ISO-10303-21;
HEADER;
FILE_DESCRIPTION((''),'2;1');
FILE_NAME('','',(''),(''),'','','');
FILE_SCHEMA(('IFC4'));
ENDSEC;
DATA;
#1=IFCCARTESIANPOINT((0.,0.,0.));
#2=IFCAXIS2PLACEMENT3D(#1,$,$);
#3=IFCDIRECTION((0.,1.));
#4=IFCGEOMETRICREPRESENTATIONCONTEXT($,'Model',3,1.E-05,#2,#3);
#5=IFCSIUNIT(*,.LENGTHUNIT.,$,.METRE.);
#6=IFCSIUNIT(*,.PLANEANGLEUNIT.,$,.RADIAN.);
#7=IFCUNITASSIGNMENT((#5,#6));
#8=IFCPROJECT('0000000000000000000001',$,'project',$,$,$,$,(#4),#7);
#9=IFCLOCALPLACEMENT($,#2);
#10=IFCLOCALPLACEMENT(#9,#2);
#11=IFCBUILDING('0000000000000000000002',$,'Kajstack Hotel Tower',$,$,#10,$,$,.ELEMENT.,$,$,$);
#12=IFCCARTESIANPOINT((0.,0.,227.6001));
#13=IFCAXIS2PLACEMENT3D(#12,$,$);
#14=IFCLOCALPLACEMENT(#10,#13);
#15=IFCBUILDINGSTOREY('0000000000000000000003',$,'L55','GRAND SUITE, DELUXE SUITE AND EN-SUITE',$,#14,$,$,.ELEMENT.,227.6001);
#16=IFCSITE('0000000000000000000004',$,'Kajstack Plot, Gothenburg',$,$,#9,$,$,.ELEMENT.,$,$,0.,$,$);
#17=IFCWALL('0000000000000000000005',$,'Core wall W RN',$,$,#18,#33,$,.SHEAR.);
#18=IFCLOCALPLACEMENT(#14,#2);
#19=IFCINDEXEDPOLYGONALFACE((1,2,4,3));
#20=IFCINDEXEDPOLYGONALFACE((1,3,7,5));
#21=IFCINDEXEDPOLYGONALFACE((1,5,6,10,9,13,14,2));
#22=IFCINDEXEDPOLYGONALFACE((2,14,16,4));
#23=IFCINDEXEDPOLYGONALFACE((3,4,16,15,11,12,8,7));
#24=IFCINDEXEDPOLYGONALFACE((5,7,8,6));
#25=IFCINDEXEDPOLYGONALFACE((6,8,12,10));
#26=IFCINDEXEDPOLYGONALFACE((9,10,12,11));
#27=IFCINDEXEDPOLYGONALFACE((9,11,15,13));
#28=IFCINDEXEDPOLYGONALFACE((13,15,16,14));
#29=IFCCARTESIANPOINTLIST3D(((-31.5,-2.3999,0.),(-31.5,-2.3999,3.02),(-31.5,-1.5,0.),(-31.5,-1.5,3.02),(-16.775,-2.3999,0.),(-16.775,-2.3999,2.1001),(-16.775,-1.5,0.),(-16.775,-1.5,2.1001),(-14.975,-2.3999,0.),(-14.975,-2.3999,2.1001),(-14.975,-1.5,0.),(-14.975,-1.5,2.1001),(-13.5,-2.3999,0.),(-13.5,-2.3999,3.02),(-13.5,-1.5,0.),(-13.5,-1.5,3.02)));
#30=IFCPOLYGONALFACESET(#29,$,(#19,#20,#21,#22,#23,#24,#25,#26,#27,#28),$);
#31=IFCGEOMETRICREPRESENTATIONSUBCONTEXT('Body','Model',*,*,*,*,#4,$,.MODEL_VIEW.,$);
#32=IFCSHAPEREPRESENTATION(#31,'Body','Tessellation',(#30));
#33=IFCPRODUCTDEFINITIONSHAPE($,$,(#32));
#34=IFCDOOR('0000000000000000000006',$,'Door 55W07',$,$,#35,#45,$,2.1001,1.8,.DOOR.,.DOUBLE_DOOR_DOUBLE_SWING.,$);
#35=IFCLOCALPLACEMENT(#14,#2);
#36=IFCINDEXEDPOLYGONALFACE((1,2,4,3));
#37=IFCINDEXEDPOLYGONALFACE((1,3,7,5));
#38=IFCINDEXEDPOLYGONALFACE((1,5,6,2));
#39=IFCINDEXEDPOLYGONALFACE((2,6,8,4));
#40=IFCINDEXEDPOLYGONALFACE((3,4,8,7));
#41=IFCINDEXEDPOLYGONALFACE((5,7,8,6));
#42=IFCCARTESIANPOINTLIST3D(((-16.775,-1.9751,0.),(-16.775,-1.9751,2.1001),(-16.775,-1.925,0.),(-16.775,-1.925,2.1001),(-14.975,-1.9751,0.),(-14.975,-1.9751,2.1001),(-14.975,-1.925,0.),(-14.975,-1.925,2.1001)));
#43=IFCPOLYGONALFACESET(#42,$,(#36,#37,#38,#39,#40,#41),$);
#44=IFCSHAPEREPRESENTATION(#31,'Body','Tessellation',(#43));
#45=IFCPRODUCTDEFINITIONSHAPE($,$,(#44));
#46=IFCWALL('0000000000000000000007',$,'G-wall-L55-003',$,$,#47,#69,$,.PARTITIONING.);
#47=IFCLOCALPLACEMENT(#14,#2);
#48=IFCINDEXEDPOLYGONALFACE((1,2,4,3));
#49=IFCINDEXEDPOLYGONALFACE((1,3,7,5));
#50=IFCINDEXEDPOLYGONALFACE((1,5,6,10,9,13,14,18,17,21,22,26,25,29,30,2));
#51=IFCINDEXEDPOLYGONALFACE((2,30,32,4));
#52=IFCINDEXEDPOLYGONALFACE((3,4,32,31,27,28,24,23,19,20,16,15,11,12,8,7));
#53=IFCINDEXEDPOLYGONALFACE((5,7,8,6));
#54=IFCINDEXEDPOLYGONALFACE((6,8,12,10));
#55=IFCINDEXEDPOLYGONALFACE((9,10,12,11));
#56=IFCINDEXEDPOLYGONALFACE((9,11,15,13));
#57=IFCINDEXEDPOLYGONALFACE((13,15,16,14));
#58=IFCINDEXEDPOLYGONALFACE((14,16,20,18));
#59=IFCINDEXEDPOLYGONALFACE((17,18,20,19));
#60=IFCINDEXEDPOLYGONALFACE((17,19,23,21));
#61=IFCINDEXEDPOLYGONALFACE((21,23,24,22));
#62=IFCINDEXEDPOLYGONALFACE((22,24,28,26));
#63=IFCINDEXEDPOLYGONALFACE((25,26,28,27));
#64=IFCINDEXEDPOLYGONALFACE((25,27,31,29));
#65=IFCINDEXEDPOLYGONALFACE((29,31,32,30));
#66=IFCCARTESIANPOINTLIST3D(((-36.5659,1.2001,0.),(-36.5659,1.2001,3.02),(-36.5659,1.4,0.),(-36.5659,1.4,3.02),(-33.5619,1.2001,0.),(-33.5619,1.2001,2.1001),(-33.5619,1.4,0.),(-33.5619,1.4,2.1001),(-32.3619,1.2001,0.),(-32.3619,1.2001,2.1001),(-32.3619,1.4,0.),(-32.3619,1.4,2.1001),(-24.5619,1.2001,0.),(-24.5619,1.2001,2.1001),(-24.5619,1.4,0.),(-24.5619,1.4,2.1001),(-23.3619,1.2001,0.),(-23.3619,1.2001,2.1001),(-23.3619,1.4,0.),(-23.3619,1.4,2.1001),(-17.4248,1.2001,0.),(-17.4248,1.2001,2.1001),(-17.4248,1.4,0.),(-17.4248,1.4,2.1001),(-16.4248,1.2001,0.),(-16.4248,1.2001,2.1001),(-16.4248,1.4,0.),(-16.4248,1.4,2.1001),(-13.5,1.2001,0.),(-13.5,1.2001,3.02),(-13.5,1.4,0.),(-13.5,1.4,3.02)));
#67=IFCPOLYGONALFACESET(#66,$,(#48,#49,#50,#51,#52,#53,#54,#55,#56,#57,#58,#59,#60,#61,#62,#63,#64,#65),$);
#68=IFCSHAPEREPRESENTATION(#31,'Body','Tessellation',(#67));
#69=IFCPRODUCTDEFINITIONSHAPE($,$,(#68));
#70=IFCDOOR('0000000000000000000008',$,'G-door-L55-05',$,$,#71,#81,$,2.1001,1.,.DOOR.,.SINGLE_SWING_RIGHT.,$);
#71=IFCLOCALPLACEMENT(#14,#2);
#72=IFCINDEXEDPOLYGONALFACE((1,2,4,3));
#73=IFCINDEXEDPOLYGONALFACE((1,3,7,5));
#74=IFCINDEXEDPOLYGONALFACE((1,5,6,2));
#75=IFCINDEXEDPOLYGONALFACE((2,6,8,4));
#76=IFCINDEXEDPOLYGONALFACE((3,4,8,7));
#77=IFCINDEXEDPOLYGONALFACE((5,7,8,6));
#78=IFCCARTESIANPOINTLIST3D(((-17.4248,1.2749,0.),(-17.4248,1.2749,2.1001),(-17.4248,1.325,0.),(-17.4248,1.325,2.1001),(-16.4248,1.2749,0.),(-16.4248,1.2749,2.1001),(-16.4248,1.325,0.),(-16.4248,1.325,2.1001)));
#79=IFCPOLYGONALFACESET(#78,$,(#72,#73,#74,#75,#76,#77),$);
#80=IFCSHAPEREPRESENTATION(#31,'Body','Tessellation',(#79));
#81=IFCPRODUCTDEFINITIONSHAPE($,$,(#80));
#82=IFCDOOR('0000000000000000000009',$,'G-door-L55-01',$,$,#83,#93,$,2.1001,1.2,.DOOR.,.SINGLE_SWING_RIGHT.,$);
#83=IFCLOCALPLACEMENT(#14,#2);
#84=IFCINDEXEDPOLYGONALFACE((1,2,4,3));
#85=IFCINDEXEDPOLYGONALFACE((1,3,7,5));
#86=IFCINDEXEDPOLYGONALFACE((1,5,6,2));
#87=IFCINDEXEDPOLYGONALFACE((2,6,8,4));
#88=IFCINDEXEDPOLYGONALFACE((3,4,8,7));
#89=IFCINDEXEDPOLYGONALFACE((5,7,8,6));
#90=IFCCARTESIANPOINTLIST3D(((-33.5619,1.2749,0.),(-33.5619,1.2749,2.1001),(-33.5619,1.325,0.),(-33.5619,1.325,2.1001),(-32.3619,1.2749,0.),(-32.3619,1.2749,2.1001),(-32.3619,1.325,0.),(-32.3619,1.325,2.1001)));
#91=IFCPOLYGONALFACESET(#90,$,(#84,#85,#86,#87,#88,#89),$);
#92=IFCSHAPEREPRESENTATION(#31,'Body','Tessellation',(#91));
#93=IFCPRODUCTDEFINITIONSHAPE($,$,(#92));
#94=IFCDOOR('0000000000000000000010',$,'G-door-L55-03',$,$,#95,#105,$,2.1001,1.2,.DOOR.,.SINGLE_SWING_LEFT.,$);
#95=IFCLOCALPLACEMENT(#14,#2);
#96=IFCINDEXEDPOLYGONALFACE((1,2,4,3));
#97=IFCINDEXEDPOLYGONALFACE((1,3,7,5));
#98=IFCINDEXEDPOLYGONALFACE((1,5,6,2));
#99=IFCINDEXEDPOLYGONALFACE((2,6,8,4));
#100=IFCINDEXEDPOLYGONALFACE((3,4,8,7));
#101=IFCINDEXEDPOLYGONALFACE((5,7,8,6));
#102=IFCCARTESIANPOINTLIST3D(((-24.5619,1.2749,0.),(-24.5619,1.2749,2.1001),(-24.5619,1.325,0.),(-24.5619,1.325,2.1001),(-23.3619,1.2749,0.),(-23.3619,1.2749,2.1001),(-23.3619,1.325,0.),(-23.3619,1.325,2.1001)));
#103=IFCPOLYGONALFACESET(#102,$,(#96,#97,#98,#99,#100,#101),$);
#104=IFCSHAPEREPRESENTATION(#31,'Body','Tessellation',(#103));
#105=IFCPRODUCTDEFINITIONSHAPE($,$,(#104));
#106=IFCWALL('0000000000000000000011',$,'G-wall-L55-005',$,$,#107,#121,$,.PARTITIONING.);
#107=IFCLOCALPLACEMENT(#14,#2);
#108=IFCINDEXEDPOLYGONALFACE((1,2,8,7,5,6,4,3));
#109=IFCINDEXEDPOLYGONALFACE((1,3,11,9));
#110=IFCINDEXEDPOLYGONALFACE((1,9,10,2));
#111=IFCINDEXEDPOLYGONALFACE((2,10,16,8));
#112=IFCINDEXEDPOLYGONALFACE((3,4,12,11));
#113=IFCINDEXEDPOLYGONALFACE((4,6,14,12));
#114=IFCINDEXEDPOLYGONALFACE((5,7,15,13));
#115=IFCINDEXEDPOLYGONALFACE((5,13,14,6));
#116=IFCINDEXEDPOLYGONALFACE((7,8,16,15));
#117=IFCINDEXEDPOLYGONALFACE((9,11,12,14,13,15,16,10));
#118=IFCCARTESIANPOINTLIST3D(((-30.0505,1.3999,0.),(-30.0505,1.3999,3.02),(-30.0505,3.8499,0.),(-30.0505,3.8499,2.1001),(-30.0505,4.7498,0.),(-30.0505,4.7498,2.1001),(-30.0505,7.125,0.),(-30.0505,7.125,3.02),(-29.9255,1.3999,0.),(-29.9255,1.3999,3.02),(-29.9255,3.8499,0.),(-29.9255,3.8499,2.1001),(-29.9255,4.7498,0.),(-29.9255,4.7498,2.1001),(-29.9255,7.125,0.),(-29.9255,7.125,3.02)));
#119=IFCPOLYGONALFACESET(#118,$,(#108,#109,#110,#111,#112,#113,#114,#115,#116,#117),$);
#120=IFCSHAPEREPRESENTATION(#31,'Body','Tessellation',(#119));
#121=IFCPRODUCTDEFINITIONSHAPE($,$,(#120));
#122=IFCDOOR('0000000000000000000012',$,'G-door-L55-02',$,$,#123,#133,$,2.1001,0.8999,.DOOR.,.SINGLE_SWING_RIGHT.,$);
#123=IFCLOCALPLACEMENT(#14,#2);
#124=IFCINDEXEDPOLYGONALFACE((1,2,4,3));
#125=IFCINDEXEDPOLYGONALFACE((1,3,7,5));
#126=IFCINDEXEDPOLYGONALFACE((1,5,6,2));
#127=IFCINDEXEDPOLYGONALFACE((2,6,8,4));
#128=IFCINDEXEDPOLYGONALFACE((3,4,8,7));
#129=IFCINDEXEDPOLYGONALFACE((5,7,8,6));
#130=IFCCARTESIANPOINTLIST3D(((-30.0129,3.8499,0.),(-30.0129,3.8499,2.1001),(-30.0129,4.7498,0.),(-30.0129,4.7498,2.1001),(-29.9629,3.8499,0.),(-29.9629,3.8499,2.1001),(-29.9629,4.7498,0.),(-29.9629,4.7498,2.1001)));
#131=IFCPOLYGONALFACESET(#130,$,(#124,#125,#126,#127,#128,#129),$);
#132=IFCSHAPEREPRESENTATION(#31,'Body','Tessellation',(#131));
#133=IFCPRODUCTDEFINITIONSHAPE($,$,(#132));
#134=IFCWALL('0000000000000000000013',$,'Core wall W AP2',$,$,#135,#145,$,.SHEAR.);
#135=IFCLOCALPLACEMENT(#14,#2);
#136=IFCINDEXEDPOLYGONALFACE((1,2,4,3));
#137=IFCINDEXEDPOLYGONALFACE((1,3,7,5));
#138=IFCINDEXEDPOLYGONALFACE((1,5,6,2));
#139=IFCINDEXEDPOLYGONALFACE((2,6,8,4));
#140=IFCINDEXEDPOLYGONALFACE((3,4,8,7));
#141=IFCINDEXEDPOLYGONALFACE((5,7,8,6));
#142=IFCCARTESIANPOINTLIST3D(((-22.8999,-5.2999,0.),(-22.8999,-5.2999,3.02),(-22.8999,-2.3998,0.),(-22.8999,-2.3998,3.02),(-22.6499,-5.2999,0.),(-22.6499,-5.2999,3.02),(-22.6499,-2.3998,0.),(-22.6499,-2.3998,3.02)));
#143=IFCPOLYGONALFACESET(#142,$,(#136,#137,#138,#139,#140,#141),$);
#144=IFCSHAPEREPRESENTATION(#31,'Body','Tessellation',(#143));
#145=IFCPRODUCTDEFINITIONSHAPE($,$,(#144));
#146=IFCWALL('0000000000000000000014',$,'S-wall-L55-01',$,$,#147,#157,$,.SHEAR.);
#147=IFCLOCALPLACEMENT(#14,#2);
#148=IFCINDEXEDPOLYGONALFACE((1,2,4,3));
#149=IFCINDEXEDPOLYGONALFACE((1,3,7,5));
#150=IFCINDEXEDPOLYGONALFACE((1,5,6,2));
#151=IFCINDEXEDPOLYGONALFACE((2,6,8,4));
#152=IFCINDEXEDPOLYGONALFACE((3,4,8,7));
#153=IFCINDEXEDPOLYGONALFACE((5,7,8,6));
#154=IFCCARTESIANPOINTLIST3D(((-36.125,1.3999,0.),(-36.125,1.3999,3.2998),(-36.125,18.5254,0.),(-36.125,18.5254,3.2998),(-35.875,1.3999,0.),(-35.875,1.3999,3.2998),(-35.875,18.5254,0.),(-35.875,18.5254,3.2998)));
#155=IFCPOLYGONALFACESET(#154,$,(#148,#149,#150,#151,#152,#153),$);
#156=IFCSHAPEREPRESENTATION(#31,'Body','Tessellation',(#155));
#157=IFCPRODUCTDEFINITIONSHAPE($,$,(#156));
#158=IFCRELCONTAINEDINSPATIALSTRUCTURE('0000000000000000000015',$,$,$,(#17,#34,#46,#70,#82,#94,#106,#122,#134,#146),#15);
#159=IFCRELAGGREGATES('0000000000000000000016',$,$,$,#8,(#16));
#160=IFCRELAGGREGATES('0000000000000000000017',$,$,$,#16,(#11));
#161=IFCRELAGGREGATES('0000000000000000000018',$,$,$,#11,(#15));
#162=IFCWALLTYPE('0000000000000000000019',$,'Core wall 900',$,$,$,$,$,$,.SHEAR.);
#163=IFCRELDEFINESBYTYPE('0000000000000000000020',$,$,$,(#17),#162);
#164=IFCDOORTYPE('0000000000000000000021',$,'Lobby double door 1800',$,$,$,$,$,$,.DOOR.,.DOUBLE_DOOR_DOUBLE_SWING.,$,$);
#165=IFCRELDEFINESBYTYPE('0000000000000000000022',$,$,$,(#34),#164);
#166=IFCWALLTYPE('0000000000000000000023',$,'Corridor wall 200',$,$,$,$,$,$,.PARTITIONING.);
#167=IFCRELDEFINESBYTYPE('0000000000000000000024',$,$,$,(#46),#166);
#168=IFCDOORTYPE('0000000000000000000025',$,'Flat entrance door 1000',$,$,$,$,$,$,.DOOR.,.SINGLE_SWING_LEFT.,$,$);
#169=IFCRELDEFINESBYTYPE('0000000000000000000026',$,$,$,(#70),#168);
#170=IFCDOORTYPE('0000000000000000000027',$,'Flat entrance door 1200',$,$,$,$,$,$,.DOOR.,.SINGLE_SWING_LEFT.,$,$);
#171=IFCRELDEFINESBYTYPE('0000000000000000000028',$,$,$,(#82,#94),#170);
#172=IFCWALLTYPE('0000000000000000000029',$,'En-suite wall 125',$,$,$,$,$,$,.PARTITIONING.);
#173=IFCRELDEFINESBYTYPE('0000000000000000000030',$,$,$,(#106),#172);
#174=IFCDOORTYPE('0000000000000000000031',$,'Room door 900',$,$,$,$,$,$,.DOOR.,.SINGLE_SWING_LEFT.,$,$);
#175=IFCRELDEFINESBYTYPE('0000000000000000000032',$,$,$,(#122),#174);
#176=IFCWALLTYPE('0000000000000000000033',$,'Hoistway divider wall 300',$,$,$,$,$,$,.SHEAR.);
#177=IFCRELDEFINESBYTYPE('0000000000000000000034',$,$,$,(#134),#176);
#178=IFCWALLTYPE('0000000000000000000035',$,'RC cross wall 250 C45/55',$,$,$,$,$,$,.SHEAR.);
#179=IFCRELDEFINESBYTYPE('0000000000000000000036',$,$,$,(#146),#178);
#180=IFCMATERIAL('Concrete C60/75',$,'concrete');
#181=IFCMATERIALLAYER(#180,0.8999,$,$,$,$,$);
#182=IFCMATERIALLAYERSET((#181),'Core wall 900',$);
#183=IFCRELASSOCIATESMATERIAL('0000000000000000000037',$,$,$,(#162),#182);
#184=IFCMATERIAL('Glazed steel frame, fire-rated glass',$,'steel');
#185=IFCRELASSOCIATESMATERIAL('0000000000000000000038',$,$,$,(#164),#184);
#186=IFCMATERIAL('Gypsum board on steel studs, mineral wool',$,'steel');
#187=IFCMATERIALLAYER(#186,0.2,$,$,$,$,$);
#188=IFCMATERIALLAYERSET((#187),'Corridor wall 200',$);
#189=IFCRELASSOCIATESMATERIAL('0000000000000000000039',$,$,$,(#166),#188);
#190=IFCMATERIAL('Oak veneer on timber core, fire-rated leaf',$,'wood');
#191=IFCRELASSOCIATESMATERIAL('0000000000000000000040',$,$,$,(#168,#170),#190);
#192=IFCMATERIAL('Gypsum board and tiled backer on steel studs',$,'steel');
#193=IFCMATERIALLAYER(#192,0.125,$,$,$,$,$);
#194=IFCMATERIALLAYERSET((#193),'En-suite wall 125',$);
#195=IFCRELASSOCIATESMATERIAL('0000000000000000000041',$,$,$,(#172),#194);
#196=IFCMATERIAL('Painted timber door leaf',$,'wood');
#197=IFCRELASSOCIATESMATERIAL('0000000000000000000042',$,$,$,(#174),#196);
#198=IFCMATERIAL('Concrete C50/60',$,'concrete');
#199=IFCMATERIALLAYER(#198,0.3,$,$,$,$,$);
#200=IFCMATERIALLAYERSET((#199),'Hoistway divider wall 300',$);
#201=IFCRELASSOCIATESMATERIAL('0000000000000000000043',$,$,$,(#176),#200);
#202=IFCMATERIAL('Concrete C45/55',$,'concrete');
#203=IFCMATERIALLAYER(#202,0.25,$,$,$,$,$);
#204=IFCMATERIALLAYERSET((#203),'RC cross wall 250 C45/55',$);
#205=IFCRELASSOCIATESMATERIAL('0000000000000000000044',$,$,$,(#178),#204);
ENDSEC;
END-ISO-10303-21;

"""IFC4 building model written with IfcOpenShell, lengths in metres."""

from ifc_helpers import new_model, si_unit, direction, frame, frame_2d, origin, place, context, subcontext, project, spatial, rectangle, extrude, material, layer, layer_set, type_object, element, fill, save


model = new_model("IFC4")

# Units and contexts
model_context = context("Model", 3, precision=1e-05, world=origin(), true_north=direction((0.0, 1.0)))
body_context = subcontext(model_context, "Body", "Model", "MODEL_VIEW")
ifc_project = project(units=[si_unit("LENGTHUNIT", "METRE"), si_unit("PLANEANGLEUNIT", "RADIAN")], contexts=[model_context])

# Site, building, storey
site_placement = place(None, origin())
site = spatial("IfcSite", under=ifc_project, at=site_placement, Name="Kajstack Plot, Gothenburg", CompositionType="ELEMENT", RefElevation=0.0)
building_placement = place(site_placement, origin())
building = spatial("IfcBuilding", under=site, at=building_placement, Name="Kajstack Hotel Tower", CompositionType="ELEMENT")
storey_placement = place(building_placement, frame((0.0, 0.0, 227.6001)))
storey = spatial("IfcBuildingStorey", under=building, at=storey_placement, Name="L55", Description="GRAND SUITE, DELUXE SUITE AND EN-SUITE", CompositionType="ELEMENT", Elevation=227.6001)

# Wall, opening, door
ifc_material_1 = material(Name="Concrete C60/75", Category="concrete")
ifc_layer_1 = layer(ifc_material_1, 0.8999)
ifc_layer_set_1 = layer_set([ifc_layer_1], Name="Core wall 900")
wall_type_1 = type_object("IfcWallType", Name="Core wall 900", PredefinedType="SHEAR", material=ifc_layer_set_1)
wall_1_placement = place(storey_placement, frame((-31.5, -1.95, 0.0), z_axis=(0.0, 0.0, 1.0), x_axis=(1.0, 0.0, 0.0)))
wall_1 = element("IfcWall", 1, at=wall_1_placement, inside=storey, type_object=wall_type_1, Name="Core wall W RN", PredefinedType="SHEAR", context=body_context, shape_type="SweptSolid", body=[
    extrude(rectangle(XDim=18.0, YDim=0.8999, at=frame_2d((9.0, 0.0))), origin(), (0.0, 0.0, 1.0), 3.02),
])
opening_1_placement = place(wall_1_placement, frame((14.7251, 0.0, 0.0)))
opening_1 = element("IfcOpeningElement", 2, at=opening_1_placement, cuts=wall_1, PredefinedType="OPENING", context=body_context, shape_type="SweptSolid", body=[
    extrude(rectangle(XDim=1.8, YDim=2.1001, at=frame_2d((0.8999, 1.05))), frame((0.0, 0.46, 0.0), z_axis=(0.0, -1.0, 0.0), x_axis=(1.0, 0.0, 0.0)), (0.0, 0.0, 1.0), 0.9199),
])
ifc_material_2 = material(Name="Glazed steel frame, fire-rated glass", Category="steel")
door_type_1 = type_object("IfcDoorType", Name="Lobby double door 1800", OperationType="DOUBLE_DOOR_DOUBLE_SWING", PredefinedType="DOOR", material=ifc_material_2)
door_1_placement = place(opening_1_placement, origin())
door_1 = element("IfcDoor", 3, at=door_1_placement, inside=storey, type_object=door_type_1, Name="Door 55W07", OperationType="DOUBLE_DOOR_DOUBLE_SWING", OverallHeight=2.1001, OverallWidth=1.8, PredefinedType="DOOR", context=body_context, shape_type="SweptSolid", body=[
    extrude(rectangle(XDim=1.8, YDim=2.1001, at=frame_2d((0.8999, 1.05))), frame((0.0, 0.0249, 0.0), z_axis=(0.0, -1.0, 0.0), x_axis=(1.0, 0.0, 0.0)), (0.0, 0.0, 1.0), 0.05),
])
fill(opening_1, door_1)

# Wall, openings, doors
ifc_material_3 = material(Name="Gypsum board on steel studs, mineral wool", Category="steel")
ifc_layer_2 = layer(ifc_material_3, 0.2)
ifc_layer_set_2 = layer_set([ifc_layer_2], Name="Corridor wall 200")
wall_type_2 = type_object("IfcWallType", Name="Corridor wall 200", PredefinedType="PARTITIONING", material=ifc_layer_set_2)
wall_2_placement = place(storey_placement, frame((-36.5659, 1.3, 0.0), z_axis=(0.0, 0.0, 1.0), x_axis=(1.0, 0.0, 0.0)))
wall_2 = element("IfcWall", 4, at=wall_2_placement, inside=storey, type_object=wall_type_2, Name="G-wall-L55-003", PredefinedType="PARTITIONING", context=body_context, shape_type="SweptSolid", body=[
    extrude(rectangle(XDim=23.0659, YDim=0.2, at=frame_2d((11.533, 0.0))), origin(), (0.0, 0.0, 1.0), 3.02),
])
opening_2_placement = place(wall_2_placement, frame((3.0039, 0.0, 0.0)))
opening_2 = element("IfcOpeningElement", 5, at=opening_2_placement, cuts=wall_2, PredefinedType="OPENING", context=body_context, shape_type="SweptSolid", body=[
    extrude(rectangle(XDim=1.2, YDim=2.1001, at=frame_2d((0.6001, 1.05))), frame((0.0, 0.1099, 0.0), z_axis=(0.0, -1.0, 0.0), x_axis=(1.0, 0.0, 0.0)), (0.0, 0.0, 1.0), 0.22),
])
opening_3_placement = place(wall_2_placement, frame((12.0039, 0.0, 0.0)))
opening_3 = element("IfcOpeningElement", 6, at=opening_3_placement, cuts=wall_2, PredefinedType="OPENING", context=body_context, shape_type="SweptSolid", body=[
    extrude(rectangle(XDim=1.2, YDim=2.1001, at=frame_2d((0.6001, 1.05))), frame((0.0, 0.1099, 0.0), z_axis=(0.0, -1.0, 0.0), x_axis=(1.0, 0.0, 0.0)), (0.0, 0.0, 1.0), 0.22),
])
opening_4_placement = place(wall_2_placement, frame((19.1411, 0.0, 0.0)))
opening_4 = element("IfcOpeningElement", 7, at=opening_4_placement, cuts=wall_2, PredefinedType="OPENING", context=body_context, shape_type="SweptSolid", body=[
    extrude(rectangle(XDim=1.0, YDim=2.1001, at=frame_2d((0.5, 1.05))), frame((0.0, 0.1099, 0.0), z_axis=(0.0, -1.0, 0.0), x_axis=(1.0, 0.0, 0.0)), (0.0, 0.0, 1.0), 0.22),
])
ifc_material_4 = material(Name="Oak veneer on timber core, fire-rated leaf", Category="wood")
door_type_2 = type_object("IfcDoorType", Name="Flat entrance door 1000", OperationType="SINGLE_SWING_LEFT", PredefinedType="DOOR", material=ifc_material_4)
door_2_placement = place(opening_4_placement, origin())
door_2 = element("IfcDoor", 8, at=door_2_placement, inside=storey, type_object=door_type_2, Name="G-door-L55-05", OperationType="SINGLE_SWING_RIGHT", OverallHeight=2.1001, OverallWidth=1.0, PredefinedType="DOOR", context=body_context, shape_type="SweptSolid", body=[
    extrude(rectangle(XDim=1.0, YDim=2.1001, at=frame_2d((0.5, 1.05))), frame((0.0, 0.0249, 0.0), z_axis=(0.0, -1.0, 0.0), x_axis=(1.0, 0.0, 0.0)), (0.0, 0.0, 1.0), 0.05),
])
fill(opening_4, door_2)
door_type_3 = type_object("IfcDoorType", Name="Flat entrance door 1200", OperationType="SINGLE_SWING_LEFT", PredefinedType="DOOR", material=ifc_material_4)
door_3_placement = place(opening_2_placement, origin())
door_3 = element("IfcDoor", 9, at=door_3_placement, inside=storey, type_object=door_type_3, Name="G-door-L55-01", OperationType="SINGLE_SWING_RIGHT", OverallHeight=2.1001, OverallWidth=1.2, PredefinedType="DOOR", context=body_context, shape_type="SweptSolid", body=[
    extrude(rectangle(XDim=1.2, YDim=2.1001, at=frame_2d((0.6001, 1.05))), frame((0.0, 0.0249, 0.0), z_axis=(0.0, -1.0, 0.0), x_axis=(1.0, 0.0, 0.0)), (0.0, 0.0, 1.0), 0.05),
])
fill(opening_2, door_3)
door_4_placement = place(opening_3_placement, origin())
door_4 = element("IfcDoor", 10, at=door_4_placement, inside=storey, type_object=door_type_3, Name="G-door-L55-03", OperationType="SINGLE_SWING_LEFT", OverallHeight=2.1001, OverallWidth=1.2, PredefinedType="DOOR", context=body_context, shape_type="SweptSolid", body=[
    extrude(rectangle(XDim=1.2, YDim=2.1001, at=frame_2d((0.6001, 1.05))), frame((0.0, 0.0249, 0.0), z_axis=(0.0, -1.0, 0.0), x_axis=(1.0, 0.0, 0.0)), (0.0, 0.0, 1.0), 0.05),
])
fill(opening_3, door_4)

# Wall, opening, door
ifc_material_5 = material(Name="Gypsum board and tiled backer on steel studs", Category="steel")
ifc_layer_3 = layer(ifc_material_5, 0.125)
ifc_layer_set_3 = layer_set([ifc_layer_3], Name="En-suite wall 125")
wall_type_3 = type_object("IfcWallType", Name="En-suite wall 125", PredefinedType="PARTITIONING", material=ifc_layer_set_3)
wall_3_placement = place(storey_placement, frame((-29.988, 1.3999, 0.0), z_axis=(0.0, 0.0, 1.0), x_axis=(0.0, 1.0, 0.0)))
wall_3 = element("IfcWall", 11, at=wall_3_placement, inside=storey, type_object=wall_type_3, Name="G-wall-L55-005", PredefinedType="PARTITIONING", context=body_context, shape_type="SweptSolid", body=[
    extrude(rectangle(XDim=5.7251, YDim=0.125, at=frame_2d((2.8625, 0.0))), origin(), (0.0, 0.0, 1.0), 3.02),
])
opening_5_placement = place(wall_3_placement, frame((2.45, 0.0, 0.0)))
opening_5 = element("IfcOpeningElement", 12, at=opening_5_placement, cuts=wall_3, PredefinedType="OPENING", context=body_context, shape_type="SweptSolid", body=[
    extrude(rectangle(XDim=0.8999, YDim=2.1001, at=frame_2d((0.45, 1.05))), frame((0.0, 0.0725, 0.0), z_axis=(0.0, -1.0, 0.0), x_axis=(1.0, 0.0, 0.0)), (0.0, 0.0, 1.0), 0.145),
])
ifc_material_6 = material(Name="Painted timber door leaf", Category="wood")
door_type_4 = type_object("IfcDoorType", Name="Room door 900", OperationType="SINGLE_SWING_LEFT", PredefinedType="DOOR", material=ifc_material_6)
door_5_placement = place(opening_5_placement, origin())
door_5 = element("IfcDoor", 13, at=door_5_placement, inside=storey, type_object=door_type_4, Name="G-door-L55-02", OperationType="SINGLE_SWING_RIGHT", OverallHeight=2.1001, OverallWidth=0.8999, PredefinedType="DOOR", context=body_context, shape_type="SweptSolid", body=[
    extrude(rectangle(XDim=0.8999, YDim=2.1001, at=frame_2d((0.45, 1.05))), frame((0.0, 0.0249, 0.0), z_axis=(0.0, -1.0, 0.0), x_axis=(1.0, 0.0, 0.0)), (0.0, 0.0, 1.0), 0.05),
])
fill(opening_5, door_5)

# Walls
ifc_material_7 = material(Name="Concrete C50/60", Category="concrete")
ifc_layer_4 = layer(ifc_material_7, 0.3)
ifc_layer_set_4 = layer_set([ifc_layer_4], Name="Hoistway divider wall 300")
wall_type_4 = type_object("IfcWallType", Name="Hoistway divider wall 300", PredefinedType="SHEAR", material=ifc_layer_set_4)
wall_4_placement = place(storey_placement, frame((-22.7749, -5.3, 0.0), z_axis=(0.0, 0.0, 1.0), x_axis=(0.0, 1.0, 0.0)))
element("IfcWall", 14, at=wall_4_placement, inside=storey, type_object=wall_type_4, Name="Core wall W AP2", PredefinedType="SHEAR", context=body_context, shape_type="SweptSolid", body=[
    extrude(rectangle(XDim=2.9001, YDim=0.25, at=frame_2d((1.4502, 0.0))), origin(), (0.0, 0.0, 1.0), 3.02),
])
ifc_material_8 = material(Name="Concrete C45/55", Category="concrete")
ifc_layer_5 = layer(ifc_material_8, 0.25)
ifc_layer_set_5 = layer_set([ifc_layer_5], Name="RC cross wall 250 C45/55")
wall_type_5 = type_object("IfcWallType", Name="RC cross wall 250 C45/55", PredefinedType="SHEAR", material=ifc_layer_set_5)
wall_5_placement = place(storey_placement, frame((-36.0, 1.3999, 0.0), z_axis=(0.0, 0.0, 1.0), x_axis=(0.0, 1.0, 0.0)))
element("IfcWall", 15, at=wall_5_placement, inside=storey, type_object=wall_type_5, Name="S-wall-L55-01", PredefinedType="SHEAR", context=body_context, shape_type="SweptSolid", body=[
    extrude(rectangle(XDim=17.1255, YDim=0.25, at=frame_2d((8.5627, 0.0))), origin(), (0.0, 0.0, 1.0), 3.2998),
])

save(model, "model.ifc")
